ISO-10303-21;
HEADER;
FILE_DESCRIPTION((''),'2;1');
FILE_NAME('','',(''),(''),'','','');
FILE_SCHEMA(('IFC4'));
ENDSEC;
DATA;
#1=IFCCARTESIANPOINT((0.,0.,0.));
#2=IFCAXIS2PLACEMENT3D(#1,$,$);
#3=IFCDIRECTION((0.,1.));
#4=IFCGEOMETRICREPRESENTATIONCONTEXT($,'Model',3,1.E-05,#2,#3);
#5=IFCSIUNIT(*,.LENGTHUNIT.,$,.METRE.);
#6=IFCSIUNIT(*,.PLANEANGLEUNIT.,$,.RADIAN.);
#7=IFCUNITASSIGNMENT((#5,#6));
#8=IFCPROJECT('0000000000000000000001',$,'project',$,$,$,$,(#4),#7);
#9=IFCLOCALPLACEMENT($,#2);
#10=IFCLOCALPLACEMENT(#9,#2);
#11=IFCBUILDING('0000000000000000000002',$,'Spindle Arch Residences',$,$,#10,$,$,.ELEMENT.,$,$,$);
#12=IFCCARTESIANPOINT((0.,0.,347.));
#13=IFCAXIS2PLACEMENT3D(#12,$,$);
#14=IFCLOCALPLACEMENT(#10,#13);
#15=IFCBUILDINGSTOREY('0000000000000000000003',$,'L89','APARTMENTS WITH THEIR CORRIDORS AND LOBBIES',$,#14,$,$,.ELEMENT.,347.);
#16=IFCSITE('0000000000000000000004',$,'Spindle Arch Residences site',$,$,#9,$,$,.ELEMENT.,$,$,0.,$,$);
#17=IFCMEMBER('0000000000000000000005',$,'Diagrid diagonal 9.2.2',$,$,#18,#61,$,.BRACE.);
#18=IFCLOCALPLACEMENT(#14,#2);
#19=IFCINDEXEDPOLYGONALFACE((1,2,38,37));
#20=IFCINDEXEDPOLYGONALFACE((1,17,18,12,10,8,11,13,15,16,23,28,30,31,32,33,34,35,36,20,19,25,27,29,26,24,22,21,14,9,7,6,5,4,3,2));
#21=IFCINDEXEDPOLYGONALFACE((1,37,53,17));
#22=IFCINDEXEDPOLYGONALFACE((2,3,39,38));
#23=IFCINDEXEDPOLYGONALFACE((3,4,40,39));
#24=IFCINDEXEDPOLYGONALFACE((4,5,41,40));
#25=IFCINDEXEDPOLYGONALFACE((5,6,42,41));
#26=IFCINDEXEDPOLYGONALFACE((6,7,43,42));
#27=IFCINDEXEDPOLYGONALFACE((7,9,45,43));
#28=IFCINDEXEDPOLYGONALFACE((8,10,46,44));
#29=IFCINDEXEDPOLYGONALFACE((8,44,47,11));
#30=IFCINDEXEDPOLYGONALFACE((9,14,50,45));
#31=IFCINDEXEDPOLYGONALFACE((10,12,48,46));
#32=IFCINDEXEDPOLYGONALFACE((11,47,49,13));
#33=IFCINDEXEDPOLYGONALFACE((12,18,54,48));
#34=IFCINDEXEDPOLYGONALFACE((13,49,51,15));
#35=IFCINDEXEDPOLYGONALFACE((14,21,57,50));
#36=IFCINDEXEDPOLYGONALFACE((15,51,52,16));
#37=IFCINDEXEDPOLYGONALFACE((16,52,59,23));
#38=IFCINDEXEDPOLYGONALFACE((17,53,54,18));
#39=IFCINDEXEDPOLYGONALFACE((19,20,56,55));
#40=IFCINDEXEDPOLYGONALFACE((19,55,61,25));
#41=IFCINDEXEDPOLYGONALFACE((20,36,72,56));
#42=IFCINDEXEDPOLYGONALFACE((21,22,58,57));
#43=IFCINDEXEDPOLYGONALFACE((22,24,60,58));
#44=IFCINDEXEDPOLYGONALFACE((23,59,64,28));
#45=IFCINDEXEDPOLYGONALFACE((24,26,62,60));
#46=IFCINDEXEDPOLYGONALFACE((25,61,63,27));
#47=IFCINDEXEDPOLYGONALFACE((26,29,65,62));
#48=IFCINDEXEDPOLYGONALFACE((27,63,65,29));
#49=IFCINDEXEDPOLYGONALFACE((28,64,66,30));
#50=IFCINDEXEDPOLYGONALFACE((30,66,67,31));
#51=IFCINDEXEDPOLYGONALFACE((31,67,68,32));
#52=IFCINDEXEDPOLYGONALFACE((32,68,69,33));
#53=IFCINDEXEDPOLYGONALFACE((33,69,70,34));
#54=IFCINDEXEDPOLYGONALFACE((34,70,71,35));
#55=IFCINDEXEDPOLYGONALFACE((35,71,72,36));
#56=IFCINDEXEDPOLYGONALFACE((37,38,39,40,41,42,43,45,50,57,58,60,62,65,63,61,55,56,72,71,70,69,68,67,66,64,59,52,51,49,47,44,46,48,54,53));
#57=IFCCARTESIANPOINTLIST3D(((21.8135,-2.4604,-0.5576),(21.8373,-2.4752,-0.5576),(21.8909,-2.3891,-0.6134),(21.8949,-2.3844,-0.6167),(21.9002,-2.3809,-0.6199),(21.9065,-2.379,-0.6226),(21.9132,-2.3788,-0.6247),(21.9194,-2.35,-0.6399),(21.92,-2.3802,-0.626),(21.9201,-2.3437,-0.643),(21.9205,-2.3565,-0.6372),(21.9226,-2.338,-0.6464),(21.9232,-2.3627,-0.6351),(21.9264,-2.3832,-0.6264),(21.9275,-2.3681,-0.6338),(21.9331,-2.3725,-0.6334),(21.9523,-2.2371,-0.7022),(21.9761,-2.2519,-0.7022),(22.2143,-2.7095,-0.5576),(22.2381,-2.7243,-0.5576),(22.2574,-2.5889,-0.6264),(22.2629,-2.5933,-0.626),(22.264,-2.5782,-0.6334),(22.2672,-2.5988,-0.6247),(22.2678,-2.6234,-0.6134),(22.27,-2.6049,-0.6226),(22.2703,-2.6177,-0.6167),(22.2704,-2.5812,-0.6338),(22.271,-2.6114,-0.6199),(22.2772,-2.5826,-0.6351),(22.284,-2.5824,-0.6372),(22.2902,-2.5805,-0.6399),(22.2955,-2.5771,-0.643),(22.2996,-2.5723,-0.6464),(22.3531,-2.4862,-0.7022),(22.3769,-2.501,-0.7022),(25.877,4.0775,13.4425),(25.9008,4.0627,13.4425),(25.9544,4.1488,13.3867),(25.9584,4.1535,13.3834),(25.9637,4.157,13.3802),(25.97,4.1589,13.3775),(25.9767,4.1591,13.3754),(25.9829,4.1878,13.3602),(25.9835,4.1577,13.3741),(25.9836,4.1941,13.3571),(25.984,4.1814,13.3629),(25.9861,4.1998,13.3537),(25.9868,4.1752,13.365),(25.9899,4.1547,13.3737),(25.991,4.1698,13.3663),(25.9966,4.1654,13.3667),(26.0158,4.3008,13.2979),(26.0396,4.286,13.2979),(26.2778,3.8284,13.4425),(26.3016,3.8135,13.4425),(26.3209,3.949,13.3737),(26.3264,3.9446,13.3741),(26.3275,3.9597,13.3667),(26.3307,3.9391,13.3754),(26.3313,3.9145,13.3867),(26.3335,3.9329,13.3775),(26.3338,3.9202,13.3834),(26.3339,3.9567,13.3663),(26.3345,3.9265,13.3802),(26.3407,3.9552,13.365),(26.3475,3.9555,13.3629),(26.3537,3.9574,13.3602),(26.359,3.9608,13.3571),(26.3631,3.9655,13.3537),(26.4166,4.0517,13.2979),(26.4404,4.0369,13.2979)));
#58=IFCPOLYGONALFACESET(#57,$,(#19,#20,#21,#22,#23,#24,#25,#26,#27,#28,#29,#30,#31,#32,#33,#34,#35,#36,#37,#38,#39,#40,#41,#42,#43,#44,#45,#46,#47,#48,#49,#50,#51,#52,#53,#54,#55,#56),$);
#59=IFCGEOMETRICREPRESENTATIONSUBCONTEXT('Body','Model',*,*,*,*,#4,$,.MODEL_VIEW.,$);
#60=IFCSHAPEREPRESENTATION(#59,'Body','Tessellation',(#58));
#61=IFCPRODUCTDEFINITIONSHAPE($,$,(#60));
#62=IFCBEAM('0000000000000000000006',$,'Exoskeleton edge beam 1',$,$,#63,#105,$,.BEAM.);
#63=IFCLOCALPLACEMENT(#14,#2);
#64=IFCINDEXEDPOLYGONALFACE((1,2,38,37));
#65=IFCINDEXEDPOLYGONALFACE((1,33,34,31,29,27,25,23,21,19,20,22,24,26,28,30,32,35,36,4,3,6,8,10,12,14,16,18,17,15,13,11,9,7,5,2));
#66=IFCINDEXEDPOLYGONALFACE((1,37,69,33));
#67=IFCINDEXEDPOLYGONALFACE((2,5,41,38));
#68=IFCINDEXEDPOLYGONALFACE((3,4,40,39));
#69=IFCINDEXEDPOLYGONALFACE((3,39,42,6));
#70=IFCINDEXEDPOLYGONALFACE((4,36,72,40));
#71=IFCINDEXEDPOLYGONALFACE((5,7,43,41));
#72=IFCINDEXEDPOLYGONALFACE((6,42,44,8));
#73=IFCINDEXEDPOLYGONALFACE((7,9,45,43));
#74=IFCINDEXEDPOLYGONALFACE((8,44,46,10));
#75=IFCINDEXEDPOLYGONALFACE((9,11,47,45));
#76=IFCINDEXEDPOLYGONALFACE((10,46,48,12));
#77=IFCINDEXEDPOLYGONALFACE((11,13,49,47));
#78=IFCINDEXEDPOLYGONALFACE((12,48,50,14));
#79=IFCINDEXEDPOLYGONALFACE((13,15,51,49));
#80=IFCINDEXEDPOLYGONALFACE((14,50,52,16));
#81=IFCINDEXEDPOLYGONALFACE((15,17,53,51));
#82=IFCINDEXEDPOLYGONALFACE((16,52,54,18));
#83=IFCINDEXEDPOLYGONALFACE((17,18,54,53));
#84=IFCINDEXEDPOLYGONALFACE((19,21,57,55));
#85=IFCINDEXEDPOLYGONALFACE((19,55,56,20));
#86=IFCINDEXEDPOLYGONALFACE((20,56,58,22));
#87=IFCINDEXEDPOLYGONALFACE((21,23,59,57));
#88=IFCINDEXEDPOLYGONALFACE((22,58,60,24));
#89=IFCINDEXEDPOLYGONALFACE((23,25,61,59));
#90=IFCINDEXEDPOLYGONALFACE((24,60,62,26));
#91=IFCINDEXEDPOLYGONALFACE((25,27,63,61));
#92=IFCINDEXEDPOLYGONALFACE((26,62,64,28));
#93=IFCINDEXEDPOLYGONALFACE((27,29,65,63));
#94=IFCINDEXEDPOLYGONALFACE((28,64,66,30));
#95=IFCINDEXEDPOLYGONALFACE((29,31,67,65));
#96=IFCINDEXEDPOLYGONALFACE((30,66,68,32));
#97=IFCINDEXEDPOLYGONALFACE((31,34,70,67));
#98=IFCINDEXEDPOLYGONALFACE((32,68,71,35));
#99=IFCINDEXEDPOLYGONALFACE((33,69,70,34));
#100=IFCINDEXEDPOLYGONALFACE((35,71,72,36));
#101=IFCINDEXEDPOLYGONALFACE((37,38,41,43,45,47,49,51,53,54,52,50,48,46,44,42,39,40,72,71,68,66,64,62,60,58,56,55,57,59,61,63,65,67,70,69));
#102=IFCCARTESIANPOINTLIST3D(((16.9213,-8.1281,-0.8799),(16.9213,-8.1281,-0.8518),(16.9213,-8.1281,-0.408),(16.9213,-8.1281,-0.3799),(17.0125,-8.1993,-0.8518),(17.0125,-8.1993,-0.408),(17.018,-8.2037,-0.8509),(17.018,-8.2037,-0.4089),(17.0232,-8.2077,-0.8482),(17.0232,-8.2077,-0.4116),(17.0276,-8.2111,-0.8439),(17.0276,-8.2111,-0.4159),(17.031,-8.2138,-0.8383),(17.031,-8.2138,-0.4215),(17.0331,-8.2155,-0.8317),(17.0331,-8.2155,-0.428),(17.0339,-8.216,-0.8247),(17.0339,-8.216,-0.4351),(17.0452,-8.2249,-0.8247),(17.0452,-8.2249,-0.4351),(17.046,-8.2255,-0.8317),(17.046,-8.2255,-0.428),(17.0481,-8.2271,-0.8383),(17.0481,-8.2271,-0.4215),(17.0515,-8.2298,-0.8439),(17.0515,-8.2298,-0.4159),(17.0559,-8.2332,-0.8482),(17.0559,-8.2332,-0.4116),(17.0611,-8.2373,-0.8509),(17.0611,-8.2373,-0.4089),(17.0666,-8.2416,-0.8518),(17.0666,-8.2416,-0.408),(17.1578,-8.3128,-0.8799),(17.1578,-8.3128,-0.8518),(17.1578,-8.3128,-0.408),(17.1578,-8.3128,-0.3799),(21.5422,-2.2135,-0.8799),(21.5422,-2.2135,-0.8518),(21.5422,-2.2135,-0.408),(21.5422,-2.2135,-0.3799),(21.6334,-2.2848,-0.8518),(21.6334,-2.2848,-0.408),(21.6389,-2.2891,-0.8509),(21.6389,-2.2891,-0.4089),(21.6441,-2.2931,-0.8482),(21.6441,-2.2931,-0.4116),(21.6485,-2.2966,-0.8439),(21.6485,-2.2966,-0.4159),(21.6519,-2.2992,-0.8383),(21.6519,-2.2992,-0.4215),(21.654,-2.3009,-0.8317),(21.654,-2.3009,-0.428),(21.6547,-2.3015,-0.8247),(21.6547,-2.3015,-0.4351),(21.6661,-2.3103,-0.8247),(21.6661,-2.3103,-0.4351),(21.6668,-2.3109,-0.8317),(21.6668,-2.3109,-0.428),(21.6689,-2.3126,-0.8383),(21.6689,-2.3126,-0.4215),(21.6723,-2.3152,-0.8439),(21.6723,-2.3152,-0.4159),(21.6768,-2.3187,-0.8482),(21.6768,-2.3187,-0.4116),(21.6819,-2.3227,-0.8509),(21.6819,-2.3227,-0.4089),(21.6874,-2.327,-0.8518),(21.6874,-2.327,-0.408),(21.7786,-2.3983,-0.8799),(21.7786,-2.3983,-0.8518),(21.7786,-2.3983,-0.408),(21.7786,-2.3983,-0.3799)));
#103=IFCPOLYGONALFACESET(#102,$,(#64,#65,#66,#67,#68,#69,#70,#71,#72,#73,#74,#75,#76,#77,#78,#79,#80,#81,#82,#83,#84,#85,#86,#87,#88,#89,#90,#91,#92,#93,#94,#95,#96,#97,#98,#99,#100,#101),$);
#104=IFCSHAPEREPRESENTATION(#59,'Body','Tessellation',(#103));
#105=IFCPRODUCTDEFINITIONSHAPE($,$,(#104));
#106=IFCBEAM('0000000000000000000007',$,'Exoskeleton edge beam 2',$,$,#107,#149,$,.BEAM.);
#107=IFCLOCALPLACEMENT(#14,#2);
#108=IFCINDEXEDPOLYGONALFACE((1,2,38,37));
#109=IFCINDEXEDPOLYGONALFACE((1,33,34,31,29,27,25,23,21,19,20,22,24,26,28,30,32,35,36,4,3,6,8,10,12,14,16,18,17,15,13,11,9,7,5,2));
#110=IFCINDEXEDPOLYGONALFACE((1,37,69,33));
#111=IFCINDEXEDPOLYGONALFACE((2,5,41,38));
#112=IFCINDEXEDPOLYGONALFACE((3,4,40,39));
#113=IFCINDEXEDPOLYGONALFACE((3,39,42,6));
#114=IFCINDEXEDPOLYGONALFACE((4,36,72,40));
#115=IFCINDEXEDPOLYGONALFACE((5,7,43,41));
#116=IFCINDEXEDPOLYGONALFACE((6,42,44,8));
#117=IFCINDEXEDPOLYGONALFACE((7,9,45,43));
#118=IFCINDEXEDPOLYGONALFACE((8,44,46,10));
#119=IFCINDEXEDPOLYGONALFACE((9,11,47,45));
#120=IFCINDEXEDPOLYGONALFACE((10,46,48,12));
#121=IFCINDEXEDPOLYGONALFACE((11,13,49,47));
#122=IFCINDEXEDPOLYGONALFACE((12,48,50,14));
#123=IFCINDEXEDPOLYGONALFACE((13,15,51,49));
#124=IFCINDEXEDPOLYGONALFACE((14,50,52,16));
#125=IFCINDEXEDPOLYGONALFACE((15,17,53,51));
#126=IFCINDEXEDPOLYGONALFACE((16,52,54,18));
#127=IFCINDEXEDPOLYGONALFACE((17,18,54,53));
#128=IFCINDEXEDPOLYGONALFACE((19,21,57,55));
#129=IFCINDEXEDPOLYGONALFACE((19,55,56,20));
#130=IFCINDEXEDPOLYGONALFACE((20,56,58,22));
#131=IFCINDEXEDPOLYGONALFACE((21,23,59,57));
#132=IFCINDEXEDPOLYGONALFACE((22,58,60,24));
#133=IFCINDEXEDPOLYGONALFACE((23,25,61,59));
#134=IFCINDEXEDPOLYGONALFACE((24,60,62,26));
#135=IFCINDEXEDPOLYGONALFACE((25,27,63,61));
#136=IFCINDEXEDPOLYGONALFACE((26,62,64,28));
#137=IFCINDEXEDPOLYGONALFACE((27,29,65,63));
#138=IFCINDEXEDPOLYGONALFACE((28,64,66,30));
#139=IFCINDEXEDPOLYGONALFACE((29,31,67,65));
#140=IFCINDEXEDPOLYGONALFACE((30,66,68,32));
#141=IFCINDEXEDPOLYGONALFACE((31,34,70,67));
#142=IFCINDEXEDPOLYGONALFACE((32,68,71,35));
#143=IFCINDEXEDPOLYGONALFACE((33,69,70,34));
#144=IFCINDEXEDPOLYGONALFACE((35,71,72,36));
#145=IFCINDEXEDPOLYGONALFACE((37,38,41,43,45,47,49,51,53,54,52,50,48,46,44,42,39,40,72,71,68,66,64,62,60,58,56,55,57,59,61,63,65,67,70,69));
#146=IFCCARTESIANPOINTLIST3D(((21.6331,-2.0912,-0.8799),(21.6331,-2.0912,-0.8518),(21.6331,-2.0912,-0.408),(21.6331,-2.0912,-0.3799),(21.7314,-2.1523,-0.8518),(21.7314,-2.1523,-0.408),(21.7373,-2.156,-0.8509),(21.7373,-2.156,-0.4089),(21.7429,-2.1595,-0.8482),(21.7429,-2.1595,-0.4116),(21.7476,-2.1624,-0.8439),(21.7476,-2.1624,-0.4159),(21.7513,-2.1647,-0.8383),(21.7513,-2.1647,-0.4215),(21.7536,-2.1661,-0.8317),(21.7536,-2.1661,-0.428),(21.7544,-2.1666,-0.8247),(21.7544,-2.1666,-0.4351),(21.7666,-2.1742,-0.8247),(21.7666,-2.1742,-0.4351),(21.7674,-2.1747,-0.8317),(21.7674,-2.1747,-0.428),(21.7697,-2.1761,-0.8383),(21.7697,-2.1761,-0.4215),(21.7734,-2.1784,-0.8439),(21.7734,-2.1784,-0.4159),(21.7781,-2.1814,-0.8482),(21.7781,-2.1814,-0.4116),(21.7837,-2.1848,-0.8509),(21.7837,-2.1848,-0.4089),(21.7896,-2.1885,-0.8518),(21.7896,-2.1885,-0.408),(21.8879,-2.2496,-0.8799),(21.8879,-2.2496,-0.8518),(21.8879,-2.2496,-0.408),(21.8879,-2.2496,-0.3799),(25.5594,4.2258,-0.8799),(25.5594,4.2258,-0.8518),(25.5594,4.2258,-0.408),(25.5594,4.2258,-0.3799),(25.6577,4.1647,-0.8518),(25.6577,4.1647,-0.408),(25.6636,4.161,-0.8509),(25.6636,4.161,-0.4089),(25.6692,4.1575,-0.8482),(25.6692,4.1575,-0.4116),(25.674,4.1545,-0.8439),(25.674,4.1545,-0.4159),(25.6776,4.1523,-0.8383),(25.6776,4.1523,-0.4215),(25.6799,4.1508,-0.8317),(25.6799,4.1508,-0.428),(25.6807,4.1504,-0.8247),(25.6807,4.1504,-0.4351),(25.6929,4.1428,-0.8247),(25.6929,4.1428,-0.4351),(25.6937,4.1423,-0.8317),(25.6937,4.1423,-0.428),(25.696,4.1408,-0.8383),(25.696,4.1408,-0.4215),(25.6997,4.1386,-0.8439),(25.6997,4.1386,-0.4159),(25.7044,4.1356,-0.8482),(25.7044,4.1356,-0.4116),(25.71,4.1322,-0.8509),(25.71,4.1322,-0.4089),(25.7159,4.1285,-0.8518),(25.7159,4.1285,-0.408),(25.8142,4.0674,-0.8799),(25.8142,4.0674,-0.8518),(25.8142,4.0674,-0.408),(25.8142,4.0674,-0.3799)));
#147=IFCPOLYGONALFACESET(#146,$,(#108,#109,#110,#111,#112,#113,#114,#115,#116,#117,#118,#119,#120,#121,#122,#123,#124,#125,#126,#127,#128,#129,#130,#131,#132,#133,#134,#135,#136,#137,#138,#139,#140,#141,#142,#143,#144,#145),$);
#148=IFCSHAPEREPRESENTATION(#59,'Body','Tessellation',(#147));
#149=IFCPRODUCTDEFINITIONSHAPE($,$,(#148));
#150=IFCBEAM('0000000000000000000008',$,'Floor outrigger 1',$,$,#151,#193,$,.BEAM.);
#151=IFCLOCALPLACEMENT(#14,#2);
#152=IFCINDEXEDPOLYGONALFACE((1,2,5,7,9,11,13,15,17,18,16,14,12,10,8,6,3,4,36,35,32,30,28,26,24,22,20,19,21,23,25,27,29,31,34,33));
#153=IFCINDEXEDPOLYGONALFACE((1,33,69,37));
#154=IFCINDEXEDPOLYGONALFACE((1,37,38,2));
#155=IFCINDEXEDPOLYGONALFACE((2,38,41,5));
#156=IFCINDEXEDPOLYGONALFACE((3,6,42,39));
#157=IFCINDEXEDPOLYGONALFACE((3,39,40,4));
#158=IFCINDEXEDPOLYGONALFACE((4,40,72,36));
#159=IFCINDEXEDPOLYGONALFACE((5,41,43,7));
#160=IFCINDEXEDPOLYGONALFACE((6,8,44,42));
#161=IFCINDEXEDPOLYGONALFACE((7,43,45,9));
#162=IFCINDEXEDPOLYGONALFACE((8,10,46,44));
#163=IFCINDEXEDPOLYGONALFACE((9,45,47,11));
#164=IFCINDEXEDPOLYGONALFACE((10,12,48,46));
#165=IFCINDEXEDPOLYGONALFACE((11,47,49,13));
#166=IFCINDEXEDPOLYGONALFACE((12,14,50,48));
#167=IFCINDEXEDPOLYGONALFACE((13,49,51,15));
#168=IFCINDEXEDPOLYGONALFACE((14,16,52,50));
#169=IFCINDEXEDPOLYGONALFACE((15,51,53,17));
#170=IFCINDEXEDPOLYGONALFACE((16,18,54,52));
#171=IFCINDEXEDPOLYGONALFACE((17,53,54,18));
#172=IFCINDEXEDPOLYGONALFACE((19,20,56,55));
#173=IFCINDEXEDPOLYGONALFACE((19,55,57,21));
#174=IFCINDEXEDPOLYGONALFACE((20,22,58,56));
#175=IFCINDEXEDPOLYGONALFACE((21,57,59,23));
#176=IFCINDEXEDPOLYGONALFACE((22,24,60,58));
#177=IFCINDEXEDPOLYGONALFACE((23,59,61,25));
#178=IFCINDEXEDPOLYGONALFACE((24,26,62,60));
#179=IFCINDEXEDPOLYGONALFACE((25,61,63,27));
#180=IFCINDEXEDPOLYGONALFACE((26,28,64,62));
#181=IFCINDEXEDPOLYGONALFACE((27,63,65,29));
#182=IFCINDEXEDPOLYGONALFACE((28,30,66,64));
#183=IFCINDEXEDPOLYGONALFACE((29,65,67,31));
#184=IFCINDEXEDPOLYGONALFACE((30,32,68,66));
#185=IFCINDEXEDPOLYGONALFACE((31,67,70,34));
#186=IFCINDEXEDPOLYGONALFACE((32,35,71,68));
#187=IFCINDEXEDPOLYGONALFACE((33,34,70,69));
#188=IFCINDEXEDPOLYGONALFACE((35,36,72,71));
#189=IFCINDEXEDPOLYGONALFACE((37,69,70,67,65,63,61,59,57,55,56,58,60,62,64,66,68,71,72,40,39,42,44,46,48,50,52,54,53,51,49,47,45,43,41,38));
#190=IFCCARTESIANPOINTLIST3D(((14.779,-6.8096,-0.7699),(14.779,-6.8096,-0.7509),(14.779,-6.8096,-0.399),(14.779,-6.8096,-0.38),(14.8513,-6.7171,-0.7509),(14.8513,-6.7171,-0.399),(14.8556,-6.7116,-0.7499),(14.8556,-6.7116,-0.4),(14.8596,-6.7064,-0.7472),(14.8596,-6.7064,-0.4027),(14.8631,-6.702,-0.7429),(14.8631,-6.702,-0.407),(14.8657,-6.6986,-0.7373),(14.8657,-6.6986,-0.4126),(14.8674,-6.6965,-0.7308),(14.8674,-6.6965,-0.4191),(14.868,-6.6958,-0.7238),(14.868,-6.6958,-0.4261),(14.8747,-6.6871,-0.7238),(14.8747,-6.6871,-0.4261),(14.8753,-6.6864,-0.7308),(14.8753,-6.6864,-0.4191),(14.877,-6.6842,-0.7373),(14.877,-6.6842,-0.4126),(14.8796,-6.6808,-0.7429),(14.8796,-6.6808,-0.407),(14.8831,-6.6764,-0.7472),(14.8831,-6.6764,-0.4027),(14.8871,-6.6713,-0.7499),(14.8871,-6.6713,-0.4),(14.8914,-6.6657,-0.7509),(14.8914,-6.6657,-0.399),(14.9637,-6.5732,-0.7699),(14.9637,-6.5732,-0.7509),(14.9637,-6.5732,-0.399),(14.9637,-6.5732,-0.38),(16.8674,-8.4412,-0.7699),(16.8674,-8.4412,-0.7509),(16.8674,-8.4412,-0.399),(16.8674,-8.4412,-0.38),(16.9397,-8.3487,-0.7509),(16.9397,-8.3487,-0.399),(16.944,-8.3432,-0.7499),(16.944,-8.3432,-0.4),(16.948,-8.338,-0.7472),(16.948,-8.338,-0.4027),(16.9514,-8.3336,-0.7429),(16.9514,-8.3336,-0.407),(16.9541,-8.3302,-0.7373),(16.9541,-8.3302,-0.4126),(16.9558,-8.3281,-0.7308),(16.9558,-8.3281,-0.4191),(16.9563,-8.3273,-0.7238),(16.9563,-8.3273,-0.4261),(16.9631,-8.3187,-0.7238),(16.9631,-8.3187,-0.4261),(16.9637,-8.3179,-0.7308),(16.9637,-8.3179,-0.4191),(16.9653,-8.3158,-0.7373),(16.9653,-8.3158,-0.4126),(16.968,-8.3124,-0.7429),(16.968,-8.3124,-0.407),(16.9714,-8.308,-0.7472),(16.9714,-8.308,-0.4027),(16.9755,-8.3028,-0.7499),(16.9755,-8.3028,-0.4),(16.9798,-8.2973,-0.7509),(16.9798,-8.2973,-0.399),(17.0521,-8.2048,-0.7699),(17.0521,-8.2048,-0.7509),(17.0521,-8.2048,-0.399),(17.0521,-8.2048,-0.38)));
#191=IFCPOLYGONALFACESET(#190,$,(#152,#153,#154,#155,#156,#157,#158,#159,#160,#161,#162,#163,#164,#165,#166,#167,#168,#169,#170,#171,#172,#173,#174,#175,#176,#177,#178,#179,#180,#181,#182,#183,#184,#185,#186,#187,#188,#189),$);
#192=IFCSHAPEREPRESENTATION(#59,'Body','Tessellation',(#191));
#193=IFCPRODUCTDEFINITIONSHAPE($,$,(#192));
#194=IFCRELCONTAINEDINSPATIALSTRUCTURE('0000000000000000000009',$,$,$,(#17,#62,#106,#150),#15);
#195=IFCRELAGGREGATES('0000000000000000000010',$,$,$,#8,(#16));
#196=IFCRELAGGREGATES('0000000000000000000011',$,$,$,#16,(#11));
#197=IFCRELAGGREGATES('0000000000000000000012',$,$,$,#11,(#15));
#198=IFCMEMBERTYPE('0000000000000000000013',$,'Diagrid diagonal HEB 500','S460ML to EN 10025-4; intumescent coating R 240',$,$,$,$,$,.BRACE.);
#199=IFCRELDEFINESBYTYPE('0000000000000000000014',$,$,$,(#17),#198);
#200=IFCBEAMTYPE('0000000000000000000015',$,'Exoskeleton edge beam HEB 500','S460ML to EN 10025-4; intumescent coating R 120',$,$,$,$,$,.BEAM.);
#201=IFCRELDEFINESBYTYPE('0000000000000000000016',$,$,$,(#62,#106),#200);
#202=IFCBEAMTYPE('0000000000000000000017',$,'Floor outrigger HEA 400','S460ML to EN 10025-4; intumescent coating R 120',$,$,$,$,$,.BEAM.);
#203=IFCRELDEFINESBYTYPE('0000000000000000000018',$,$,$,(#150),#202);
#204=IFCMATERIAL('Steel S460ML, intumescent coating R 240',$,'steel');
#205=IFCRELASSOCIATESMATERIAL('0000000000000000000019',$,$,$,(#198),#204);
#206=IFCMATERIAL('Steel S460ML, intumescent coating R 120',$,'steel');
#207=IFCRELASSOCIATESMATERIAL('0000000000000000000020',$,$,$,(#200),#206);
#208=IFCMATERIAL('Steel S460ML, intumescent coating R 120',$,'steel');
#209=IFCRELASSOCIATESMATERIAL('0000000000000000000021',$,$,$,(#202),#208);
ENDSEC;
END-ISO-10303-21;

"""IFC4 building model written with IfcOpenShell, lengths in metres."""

from ifc_helpers import new_model, si_unit, direction, frame, origin, origin_2d, place, context, subcontext, project, spatial, i_section, extrude, material, material_profile, profile_set, type_object, element, save


model = new_model("IFC4")

# Units and contexts
model_context = context("Model", 3, precision=1e-05, world=origin(), true_north=direction((0.0, 1.0)))
body_context = subcontext(model_context, "Body", "Model", "MODEL_VIEW")
ifc_project = project(units=[si_unit("LENGTHUNIT", "METRE"), si_unit("PLANEANGLEUNIT", "RADIAN")], contexts=[model_context])

# Site, building, storey
site_placement = place(None, origin())
site = spatial("IfcSite", under=ifc_project, at=site_placement, Name="Spindle Arch Residences site", CompositionType="ELEMENT", RefElevation=0.0)
building_placement = place(site_placement, origin())
building = spatial("IfcBuilding", under=site, at=building_placement, Name="Spindle Arch Residences", CompositionType="ELEMENT")
storey_placement = place(building_placement, frame((0.0, 0.0, 347.0)))
storey = spatial("IfcBuildingStorey", under=building, at=storey_placement, Name="L89", Description="APARTMENTS WITH THEIR CORRIDORS AND LOBBIES", CompositionType="ELEMENT", Elevation=347.0)

# Member
ifc_material_1 = material(Name="Steel S460ML, intumescent coating R 240", Category="steel")
ifc_material_profile_1 = material_profile(ifc_material_1, i_section(OverallWidth=0.3, OverallDepth=0.5, WebThickness=0.0144, FlangeThickness=0.0281, FilletRadius=0.0271, at=origin_2d()), Name="HEB 500")
ifc_profile_set_1 = profile_set([ifc_material_profile_1], Name="Steel S460ML, intumescent coating R 240")
member_type_1 = type_object("IfcMemberType", Name="Diagrid diagonal HEB 500", Description="S460ML to EN 10025-4; intumescent coating R 240", PredefinedType="BRACE", material=ifc_profile_set_1)
member_1_placement = place(storey_placement, frame((22.0952, -2.4807, -0.6299), z_axis=(0.254338, 0.409211, 0.876276), x_axis=(-0.462568, -0.744238, 0.48181)))
element("IfcMember", 1, at=member_1_placement, inside=storey, type_object=member_type_1, Name="Diagrid diagonal 9.2.2", PredefinedType="BRACE", context=body_context, shape_type="SweptSolid", body=[
    extrude(i_section(OverallWidth=0.3, OverallDepth=0.5, WebThickness=0.0144, FlangeThickness=0.0281, FilletRadius=0.0271, at=origin_2d()), origin(), (0.0, 0.0, 1.0), 15.9768),
])

# Beams
ifc_material_2 = material(Name="Steel S460ML, intumescent coating R 120", Category="steel")
ifc_material_profile_2 = material_profile(ifc_material_2, i_section(OverallWidth=0.3, OverallDepth=0.5, WebThickness=0.0144, FlangeThickness=0.0281, FilletRadius=0.0271, at=origin_2d()), Name="HEB 500")
ifc_profile_set_2 = profile_set([ifc_material_profile_2], Name="Steel S460ML, intumescent coating R 120")
beam_type_1 = type_object("IfcBeamType", Name="Exoskeleton edge beam HEB 500", Description="S460ML to EN 10025-4; intumescent coating R 120", PredefinedType="BEAM", material=ifc_profile_set_2)
beam_1_placement = place(storey_placement, frame((17.0396, -8.2205, -0.6299), z_axis=(0.615653, 0.788017, 0.0), x_axis=(-0.788017, 0.615653, 0.0)))
element("IfcBeam", 2, at=beam_1_placement, inside=storey, type_object=beam_type_1, Name="Exoskeleton edge beam 1", PredefinedType="BEAM", context=body_context, shape_type="SweptSolid", body=[
    extrude(i_section(OverallWidth=0.3, OverallDepth=0.5, WebThickness=0.0144, FlangeThickness=0.0281, FilletRadius=0.0271, at=origin_2d()), origin(), (0.0, 0.0, 1.0), 7.5056),
])
beam_2_placement = place(storey_placement, frame((21.7605, -2.1704, -0.6299), z_axis=(0.527891, 0.849312, 0.0), x_axis=(-0.849312, 0.527891, 0.0)))
element("IfcBeam", 3, at=beam_2_placement, inside=storey, type_object=beam_type_1, Name="Exoskeleton edge beam 2", PredefinedType="BEAM", context=body_context, shape_type="SweptSolid", body=[
    extrude(i_section(OverallWidth=0.3, OverallDepth=0.5, WebThickness=0.0144, FlangeThickness=0.0281, FilletRadius=0.0271, at=origin_2d()), origin(), (0.0, 0.0, 1.0), 7.4377),
])
ifc_material_3 = material(Name="Steel S460ML, intumescent coating R 120", Category="steel")
ifc_material_profile_3 = material_profile(ifc_material_3, i_section(OverallWidth=0.3, OverallDepth=0.3899, WebThickness=0.011, FlangeThickness=0.019, FilletRadius=0.0271, at=origin_2d()), Name="HEA 400")
ifc_profile_set_3 = profile_set([ifc_material_profile_3], Name="Steel S460ML, intumescent coating R 120")
beam_type_2 = type_object("IfcBeamType", Name="Floor outrigger HEA 400", Description="S460ML to EN 10025-4; intumescent coating R 120", PredefinedType="BEAM", material=ifc_profile_set_3)
beam_3_placement = place(storey_placement, frame((16.9597, -8.323, -0.575), z_axis=(-0.788016, 0.615655, 0.0), x_axis=(-0.615655, -0.788016, 0.0)))
element("IfcBeam", 4, at=beam_3_placement, inside=storey, type_object=beam_type_2, Name="Floor outrigger 1", PredefinedType="BEAM", context=body_context, shape_type="SweptSolid", body=[
    extrude(i_section(OverallWidth=0.3, OverallDepth=0.3899, WebThickness=0.011, FlangeThickness=0.019, FilletRadius=0.0271, at=origin_2d()), origin(), (0.0, 0.0, 1.0), 2.6501),
])

save(model, "model.ifc")
